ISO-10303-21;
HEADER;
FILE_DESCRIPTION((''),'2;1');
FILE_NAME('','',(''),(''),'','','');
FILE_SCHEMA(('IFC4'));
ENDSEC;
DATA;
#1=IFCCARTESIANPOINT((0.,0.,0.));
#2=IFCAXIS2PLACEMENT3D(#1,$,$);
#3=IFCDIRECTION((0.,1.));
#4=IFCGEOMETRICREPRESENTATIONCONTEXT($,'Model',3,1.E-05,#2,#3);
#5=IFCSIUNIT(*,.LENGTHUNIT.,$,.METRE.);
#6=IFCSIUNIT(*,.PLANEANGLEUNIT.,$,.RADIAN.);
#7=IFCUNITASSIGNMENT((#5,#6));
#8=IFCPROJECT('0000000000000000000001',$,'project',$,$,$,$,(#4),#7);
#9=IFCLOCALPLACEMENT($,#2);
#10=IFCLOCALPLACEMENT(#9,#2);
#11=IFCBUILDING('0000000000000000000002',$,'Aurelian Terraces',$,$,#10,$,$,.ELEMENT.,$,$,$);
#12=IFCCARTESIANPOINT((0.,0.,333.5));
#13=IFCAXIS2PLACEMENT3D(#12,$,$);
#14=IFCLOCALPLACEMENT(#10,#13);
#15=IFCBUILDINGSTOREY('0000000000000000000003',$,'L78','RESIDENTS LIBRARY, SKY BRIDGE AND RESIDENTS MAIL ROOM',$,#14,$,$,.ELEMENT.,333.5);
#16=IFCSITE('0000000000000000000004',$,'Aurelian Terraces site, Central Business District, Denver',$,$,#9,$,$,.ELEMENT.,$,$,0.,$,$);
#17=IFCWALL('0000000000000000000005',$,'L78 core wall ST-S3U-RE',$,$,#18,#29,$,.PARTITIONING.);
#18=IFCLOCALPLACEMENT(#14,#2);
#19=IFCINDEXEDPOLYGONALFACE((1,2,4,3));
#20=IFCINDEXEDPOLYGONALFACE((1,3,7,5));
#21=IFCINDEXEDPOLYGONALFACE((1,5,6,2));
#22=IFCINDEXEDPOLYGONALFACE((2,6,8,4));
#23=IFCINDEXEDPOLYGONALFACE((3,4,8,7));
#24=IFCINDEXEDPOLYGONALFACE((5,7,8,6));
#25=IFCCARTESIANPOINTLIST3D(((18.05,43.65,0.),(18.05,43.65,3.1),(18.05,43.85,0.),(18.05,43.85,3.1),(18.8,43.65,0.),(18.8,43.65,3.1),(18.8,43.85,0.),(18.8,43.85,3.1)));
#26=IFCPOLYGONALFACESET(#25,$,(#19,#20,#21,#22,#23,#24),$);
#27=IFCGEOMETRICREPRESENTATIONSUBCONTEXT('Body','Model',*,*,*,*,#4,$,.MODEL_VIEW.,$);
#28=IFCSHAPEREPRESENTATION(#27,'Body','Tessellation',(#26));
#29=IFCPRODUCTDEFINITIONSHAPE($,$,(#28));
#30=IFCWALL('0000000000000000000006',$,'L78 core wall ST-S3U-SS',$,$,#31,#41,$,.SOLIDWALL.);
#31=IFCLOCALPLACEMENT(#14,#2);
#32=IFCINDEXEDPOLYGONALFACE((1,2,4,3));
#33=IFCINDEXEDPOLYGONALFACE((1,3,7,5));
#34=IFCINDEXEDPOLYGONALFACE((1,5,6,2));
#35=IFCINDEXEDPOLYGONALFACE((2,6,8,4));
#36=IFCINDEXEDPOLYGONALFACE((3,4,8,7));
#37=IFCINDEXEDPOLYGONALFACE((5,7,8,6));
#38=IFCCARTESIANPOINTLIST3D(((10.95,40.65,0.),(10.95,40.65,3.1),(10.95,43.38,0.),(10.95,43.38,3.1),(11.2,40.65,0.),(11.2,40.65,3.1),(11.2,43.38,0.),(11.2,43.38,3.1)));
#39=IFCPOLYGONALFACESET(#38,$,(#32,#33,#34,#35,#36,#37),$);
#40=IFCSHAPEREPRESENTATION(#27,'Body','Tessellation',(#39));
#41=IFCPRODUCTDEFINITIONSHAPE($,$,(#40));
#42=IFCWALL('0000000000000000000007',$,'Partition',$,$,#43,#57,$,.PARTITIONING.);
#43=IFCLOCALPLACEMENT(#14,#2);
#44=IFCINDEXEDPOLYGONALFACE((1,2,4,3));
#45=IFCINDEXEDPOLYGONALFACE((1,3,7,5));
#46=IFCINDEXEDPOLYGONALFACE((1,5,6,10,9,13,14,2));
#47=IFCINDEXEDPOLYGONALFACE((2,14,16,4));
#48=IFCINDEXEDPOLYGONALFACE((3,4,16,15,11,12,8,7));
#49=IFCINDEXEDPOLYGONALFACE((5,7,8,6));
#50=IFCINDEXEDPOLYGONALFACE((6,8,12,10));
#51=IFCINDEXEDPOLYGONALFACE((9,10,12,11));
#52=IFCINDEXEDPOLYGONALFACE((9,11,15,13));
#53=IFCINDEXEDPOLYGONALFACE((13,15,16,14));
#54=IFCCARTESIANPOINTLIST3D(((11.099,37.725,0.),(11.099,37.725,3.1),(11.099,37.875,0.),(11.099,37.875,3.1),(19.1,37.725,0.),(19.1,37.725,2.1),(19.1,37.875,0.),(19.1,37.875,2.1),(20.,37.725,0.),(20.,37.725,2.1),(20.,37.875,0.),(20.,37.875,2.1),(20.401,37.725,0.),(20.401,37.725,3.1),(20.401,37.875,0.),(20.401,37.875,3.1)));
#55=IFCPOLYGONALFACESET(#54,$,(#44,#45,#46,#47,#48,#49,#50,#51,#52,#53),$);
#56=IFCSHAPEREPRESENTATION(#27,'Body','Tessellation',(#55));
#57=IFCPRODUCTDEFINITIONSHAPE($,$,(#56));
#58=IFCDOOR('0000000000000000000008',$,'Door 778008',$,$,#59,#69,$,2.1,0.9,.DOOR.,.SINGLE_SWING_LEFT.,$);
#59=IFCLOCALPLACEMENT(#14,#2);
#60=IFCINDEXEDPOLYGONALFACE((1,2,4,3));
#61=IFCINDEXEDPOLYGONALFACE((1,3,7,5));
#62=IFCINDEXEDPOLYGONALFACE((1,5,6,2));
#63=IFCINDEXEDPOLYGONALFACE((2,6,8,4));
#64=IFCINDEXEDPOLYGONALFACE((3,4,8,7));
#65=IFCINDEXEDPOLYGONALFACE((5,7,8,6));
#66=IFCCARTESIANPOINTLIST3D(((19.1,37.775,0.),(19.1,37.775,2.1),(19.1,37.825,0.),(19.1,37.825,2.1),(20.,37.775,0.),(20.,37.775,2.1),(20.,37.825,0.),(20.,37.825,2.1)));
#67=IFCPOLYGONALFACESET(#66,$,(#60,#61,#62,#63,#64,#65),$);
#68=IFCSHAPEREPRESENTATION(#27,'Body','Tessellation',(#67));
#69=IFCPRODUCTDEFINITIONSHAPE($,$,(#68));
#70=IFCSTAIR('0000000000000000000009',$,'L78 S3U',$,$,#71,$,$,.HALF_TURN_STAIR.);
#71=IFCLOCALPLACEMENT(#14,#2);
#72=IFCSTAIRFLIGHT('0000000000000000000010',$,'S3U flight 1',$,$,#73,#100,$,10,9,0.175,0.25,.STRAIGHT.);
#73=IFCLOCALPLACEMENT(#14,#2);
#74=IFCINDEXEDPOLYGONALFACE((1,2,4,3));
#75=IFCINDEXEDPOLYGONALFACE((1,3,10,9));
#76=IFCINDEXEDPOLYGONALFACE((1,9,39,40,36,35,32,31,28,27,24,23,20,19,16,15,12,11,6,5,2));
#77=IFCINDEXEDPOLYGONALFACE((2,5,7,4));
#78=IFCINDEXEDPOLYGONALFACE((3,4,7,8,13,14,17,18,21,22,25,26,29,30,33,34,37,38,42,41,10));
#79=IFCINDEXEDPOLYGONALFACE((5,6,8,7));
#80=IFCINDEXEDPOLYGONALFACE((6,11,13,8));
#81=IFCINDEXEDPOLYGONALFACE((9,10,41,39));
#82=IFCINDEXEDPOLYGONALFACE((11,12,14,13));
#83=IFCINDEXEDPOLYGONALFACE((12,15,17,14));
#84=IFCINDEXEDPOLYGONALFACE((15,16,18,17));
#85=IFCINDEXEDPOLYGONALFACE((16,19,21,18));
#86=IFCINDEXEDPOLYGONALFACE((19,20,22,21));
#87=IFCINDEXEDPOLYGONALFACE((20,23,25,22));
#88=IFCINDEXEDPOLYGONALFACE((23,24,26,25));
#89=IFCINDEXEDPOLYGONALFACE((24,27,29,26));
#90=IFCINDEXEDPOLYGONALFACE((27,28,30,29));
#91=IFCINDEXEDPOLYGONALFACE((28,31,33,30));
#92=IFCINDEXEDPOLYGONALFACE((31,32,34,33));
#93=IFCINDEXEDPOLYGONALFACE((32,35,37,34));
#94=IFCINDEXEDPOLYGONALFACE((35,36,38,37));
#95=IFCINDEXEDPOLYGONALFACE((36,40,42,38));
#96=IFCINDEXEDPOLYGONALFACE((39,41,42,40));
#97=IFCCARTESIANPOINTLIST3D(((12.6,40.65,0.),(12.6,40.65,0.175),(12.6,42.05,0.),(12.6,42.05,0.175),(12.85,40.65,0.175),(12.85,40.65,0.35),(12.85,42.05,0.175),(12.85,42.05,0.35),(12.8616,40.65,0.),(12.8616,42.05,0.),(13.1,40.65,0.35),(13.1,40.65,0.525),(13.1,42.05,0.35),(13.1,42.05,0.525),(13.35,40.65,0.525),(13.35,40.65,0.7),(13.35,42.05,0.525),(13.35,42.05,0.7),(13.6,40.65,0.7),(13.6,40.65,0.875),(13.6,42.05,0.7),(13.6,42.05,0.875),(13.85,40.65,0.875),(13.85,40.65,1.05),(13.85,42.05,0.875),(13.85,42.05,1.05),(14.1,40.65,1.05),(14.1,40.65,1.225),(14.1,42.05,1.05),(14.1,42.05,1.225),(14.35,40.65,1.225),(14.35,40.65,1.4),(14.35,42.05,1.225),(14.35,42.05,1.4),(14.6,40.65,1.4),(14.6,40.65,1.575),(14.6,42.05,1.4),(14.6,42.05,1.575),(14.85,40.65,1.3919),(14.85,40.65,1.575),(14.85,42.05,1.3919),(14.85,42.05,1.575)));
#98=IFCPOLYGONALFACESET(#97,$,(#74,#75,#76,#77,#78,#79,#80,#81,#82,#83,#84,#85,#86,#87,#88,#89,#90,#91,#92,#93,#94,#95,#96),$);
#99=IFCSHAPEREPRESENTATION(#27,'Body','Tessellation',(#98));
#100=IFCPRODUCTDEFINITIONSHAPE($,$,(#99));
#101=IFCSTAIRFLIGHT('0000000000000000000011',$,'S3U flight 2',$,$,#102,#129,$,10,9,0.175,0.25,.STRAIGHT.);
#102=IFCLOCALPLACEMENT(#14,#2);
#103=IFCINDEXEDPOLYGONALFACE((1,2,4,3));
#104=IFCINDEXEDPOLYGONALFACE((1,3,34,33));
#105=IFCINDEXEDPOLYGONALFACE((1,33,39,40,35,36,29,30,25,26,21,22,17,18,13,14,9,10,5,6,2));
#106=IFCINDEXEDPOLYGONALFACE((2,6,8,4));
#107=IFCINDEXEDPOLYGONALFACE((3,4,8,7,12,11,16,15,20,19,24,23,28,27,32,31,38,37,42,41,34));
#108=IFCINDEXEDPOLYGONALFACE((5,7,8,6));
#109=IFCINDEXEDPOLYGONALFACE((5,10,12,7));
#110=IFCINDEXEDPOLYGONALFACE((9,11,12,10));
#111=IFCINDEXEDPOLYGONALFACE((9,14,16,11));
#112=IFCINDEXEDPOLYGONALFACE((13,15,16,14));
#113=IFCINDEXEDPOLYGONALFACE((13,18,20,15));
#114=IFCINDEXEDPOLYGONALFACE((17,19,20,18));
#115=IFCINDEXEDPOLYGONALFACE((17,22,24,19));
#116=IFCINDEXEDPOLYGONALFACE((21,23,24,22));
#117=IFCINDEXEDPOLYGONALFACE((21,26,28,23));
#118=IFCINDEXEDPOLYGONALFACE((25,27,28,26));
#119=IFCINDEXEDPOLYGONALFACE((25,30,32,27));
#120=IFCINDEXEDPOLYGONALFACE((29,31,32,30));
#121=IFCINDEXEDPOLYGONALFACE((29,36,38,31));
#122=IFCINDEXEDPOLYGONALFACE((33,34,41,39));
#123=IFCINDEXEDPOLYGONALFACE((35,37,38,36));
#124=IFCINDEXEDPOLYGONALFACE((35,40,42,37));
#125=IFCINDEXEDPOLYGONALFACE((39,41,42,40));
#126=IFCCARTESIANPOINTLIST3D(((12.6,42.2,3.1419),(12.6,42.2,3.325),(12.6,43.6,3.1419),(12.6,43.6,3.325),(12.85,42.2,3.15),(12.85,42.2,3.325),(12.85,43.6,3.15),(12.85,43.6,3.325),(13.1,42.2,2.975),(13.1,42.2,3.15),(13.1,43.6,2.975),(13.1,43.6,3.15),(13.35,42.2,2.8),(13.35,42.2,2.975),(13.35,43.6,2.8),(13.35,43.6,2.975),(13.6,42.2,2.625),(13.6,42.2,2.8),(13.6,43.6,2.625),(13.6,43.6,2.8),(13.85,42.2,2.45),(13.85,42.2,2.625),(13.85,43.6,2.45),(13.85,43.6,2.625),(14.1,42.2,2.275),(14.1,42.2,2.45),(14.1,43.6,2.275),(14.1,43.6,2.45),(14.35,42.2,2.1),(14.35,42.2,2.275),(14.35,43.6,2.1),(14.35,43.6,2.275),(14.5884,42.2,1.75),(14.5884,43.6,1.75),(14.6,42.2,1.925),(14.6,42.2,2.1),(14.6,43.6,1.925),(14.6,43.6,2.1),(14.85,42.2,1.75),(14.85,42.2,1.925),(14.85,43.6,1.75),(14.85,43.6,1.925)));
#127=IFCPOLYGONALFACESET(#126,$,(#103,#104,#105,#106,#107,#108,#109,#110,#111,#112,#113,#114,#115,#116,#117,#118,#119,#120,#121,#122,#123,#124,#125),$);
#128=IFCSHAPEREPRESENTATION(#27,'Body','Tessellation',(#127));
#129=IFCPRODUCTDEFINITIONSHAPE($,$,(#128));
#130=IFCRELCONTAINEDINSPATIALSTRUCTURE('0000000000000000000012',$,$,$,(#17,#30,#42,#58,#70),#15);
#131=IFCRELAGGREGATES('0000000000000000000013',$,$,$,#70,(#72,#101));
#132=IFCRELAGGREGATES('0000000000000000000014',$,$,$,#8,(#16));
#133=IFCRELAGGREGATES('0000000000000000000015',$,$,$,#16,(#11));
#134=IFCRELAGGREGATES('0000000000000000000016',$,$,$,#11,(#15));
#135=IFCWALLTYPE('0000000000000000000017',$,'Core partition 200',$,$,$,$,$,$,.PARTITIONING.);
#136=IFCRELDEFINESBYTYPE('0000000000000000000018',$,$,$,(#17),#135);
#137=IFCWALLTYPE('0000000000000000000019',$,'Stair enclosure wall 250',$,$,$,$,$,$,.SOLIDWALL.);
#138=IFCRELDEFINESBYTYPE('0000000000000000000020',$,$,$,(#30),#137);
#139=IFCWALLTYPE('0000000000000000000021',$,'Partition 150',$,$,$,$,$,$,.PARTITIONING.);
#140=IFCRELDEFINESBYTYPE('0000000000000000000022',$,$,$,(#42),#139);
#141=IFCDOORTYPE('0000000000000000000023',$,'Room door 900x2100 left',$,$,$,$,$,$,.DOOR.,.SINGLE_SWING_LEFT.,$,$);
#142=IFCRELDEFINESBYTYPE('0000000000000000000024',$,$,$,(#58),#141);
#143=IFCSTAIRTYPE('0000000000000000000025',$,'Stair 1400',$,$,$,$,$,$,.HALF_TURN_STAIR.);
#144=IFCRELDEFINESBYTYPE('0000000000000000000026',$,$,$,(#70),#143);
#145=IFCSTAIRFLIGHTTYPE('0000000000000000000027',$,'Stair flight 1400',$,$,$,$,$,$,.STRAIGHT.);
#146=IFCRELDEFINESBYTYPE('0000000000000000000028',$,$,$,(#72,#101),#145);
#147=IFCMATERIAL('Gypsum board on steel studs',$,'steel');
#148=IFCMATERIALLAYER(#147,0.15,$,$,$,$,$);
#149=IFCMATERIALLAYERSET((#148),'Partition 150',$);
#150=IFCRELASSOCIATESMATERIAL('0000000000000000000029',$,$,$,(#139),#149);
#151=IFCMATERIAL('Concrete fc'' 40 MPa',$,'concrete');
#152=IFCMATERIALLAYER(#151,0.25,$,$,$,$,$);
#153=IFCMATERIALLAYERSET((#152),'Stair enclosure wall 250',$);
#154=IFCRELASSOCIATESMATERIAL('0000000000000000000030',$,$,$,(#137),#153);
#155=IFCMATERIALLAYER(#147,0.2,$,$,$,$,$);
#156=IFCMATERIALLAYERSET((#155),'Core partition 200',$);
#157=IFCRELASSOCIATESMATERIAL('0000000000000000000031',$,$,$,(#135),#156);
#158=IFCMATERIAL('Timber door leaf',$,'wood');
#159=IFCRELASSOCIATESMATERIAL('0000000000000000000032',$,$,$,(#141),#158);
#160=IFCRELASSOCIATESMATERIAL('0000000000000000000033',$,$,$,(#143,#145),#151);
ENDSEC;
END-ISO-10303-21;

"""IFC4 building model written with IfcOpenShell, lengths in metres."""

from ifc_helpers import new_model, si_unit, direction, frame, frame_2d, origin, place, context, subcontext, project, spatial, polyline, rectangle, outline, extrude, source, transform, mapped, material, layer, layer_set, type_object, element, fill, aggregate, save


model = new_model("IFC4")

# Units and contexts
model_context = context("Model", 3, precision=1e-05, world=origin(), true_north=direction((0.0, 1.0)))
body_context = subcontext(model_context, "Body", "Model", "MODEL_VIEW")
ifc_project = project(units=[si_unit("LENGTHUNIT", "METRE"), si_unit("PLANEANGLEUNIT", "RADIAN")], contexts=[model_context])

# Site, building, storey
site_placement = place(None, origin())
site = spatial("IfcSite", under=ifc_project, at=site_placement, Name="Aurelian Terraces site, Central Business District, Denver", CompositionType="ELEMENT", RefElevation=0.0)
building_placement = place(site_placement, origin())
building = spatial("IfcBuilding", under=site, at=building_placement, Name="Aurelian Terraces", CompositionType="ELEMENT")
storey_placement = place(building_placement, frame((0.0, 0.0, 333.5)))
storey = spatial("IfcBuildingStorey", under=building, at=storey_placement, Name="L78", Description="RESIDENTS LIBRARY, SKY BRIDGE AND RESIDENTS MAIL ROOM", CompositionType="ELEMENT", Elevation=333.5)

# Shared definitions
ifc_material_1 = material(Name="Gypsum board on steel studs", Category="steel")
ifc_layer_1 = layer(ifc_material_1, 0.15)
ifc_layer_set_1 = layer_set([ifc_layer_1], Name="Partition 150")
wall_type_1 = type_object("IfcWallType", Name="Partition 150", PredefinedType="PARTITIONING", material=ifc_layer_set_1)
ifc_material_2 = material(Name="Timber door leaf", Category="wood")

# Shared definitions
ifc_material_3 = material(Name="Concrete fc' 40 MPa", Category="concrete")

# Shared definitions
ifc_layer_2 = layer(ifc_material_3, 0.25)
ifc_layer_set_2 = layer_set([ifc_layer_2], Name="Stair enclosure wall 250")
wall_type_2 = type_object("IfcWallType", Name="Stair enclosure wall 250", PredefinedType="SOLIDWALL", material=ifc_layer_set_2)

# Shared definitions
ifc_layer_3 = layer(ifc_material_1, 0.2)
ifc_layer_set_3 = layer_set([ifc_layer_3], Name="Core partition 200")
wall_type_3 = type_object("IfcWallType", Name="Core partition 200", PredefinedType="PARTITIONING", material=ifc_layer_set_3)
shared_shape_1 = source(origin(), body_context, "Body", "SweptSolid", [
    extrude(rectangle(XDim=0.9, YDim=2.1, at=frame_2d((0.45, 1.05))), frame((0.0, 0.025, 0.0), z_axis=(0.0, -1.0, 0.0), x_axis=(1.0, 0.0, 0.0)), (0.0, 0.0, 1.0), 0.05),
])

# Walls
shared_shape_2 = source(origin(), body_context, "Body", "SweptSolid", [
    extrude(rectangle(XDim=0.75, YDim=0.2, at=frame_2d((0.375, 0.0))), origin(), (0.0, 0.0, 1.0), 3.1),
])
wall_1_placement = place(storey_placement, frame((18.05, 43.75, 0.0), z_axis=(0.0, 0.0, 1.0), x_axis=(1.0, 0.0, 0.0)))
element("IfcWall", 1, at=wall_1_placement, inside=storey, type_object=wall_type_3, Name="L78 core wall ST-S3U-RE", PredefinedType="PARTITIONING", context=body_context, shape_type="MappedRepresentation", body=[
    mapped(shared_shape_2, transform((0.0, 0.0, 0.0), scale=1.0)),
])
shared_shape_3 = source(origin(), body_context, "Body", "SweptSolid", [
    extrude(rectangle(XDim=2.73, YDim=0.25, at=frame_2d((1.365, 0.0))), origin(), (0.0, 0.0, 1.0), 3.1),
])
wall_2_placement = place(storey_placement, frame((11.075, 40.65, 0.0), z_axis=(0.0, 0.0, 1.0), x_axis=(0.0, 1.0, 0.0)))
element("IfcWall", 2, at=wall_2_placement, inside=storey, type_object=wall_type_2, Name="L78 core wall ST-S3U-SS", PredefinedType="SOLIDWALL", context=body_context, shape_type="MappedRepresentation", body=[
    mapped(shared_shape_3, transform((0.0, 0.0, 0.0), scale=1.0)),
])

# Wall, opening, door
shared_shape_4 = source(origin(), body_context, "Body", "SweptSolid", [
    extrude(rectangle(XDim=9.302, YDim=0.15, at=frame_2d((4.651, 0.0))), origin(), (0.0, 0.0, 1.0), 3.1),
])
wall_3_placement = place(storey_placement, frame((20.401, 37.8, 0.0), z_axis=(0.0, 0.0, 1.0), x_axis=(-1.0, 0.0, 0.0)))
wall_3 = element("IfcWall", 3, at=wall_3_placement, inside=storey, type_object=wall_type_1, Name="Partition", PredefinedType="PARTITIONING", context=body_context, shape_type="MappedRepresentation", body=[
    mapped(shared_shape_4, transform((0.0, 0.0, 0.0), scale=1.0)),
])
shared_shape_5 = source(origin(), body_context, "Body", "SweptSolid", [
    extrude(rectangle(XDim=0.9, YDim=2.1, at=frame_2d((0.45, 1.05))), frame((0.0, 0.085, 0.0), z_axis=(0.0, -1.0, 0.0), x_axis=(1.0, 0.0, 0.0)), (0.0, 0.0, 1.0), 0.17),
])
opening_1_placement = place(wall_3_placement, frame((0.401, 0.0, 0.0)))
opening_1 = element("IfcOpeningElement", 4, at=opening_1_placement, cuts=wall_3, PredefinedType="OPENING", context=body_context, shape_type="MappedRepresentation", body=[
    mapped(shared_shape_5, transform((0.0, 0.0, 0.0), scale=1.0)),
])
door_type_1 = type_object("IfcDoorType", Name="Room door 900x2100 left", OperationType="SINGLE_SWING_LEFT", PredefinedType="DOOR", material=ifc_material_2)
door_1_placement = place(opening_1_placement, origin())
door_1 = element("IfcDoor", 5, at=door_1_placement, inside=storey, type_object=door_type_1, Name="Door 778008", OperationType="SINGLE_SWING_LEFT", OverallHeight=2.1, OverallWidth=0.9, PredefinedType="DOOR", context=body_context, shape_type="MappedRepresentation", body=[
    mapped(shared_shape_1, transform((0.0, 0.0, 0.0), scale=1.0)),
])
fill(opening_1, door_1)

# Stair, stair flights
stair_type = type_object("IfcStairType", Name="Stair 1400", PredefinedType="HALF_TURN_STAIR", material=ifc_material_3)
stair_placement = place(storey_placement, origin())
stair = element("IfcStair", 6, at=stair_placement, inside=storey, type_object=stair_type, Name="L78 S3U", PredefinedType="HALF_TURN_STAIR")
stair_flight_type = type_object("IfcStairFlightType", Name="Stair flight 1400", PredefinedType="STRAIGHT", material=ifc_material_3)
shared_shape_6 = source(origin(), body_context, "Body", "SweptSolid", [
    extrude(outline(polyline([(0.0, 0.0), (0.0, 0.175), (0.25, 0.175), (0.25, 0.35), (0.5, 0.35), (0.5, 0.525), (0.75, 0.525), (0.75, 0.7), (1.0, 0.7), (1.0, 0.875), (1.25, 0.875), (1.25, 1.05), (1.5, 1.05), (1.5, 1.225), (1.75, 1.225), (1.75, 1.4), (2.0, 1.4), (2.0, 1.575), (2.25, 1.575), (2.25, 1.75), (2.25, 1.3919), (0.2616, 0.0), (0.0, 0.0)])), frame((0.0, 0.7, 0.0), z_axis=(0.0, -1.0, 0.0), x_axis=(1.0, 0.0, 0.0)), (0.0, 0.0, 1.0), 1.4),
])
stair_flight_1_placement = place(storey_placement, frame((12.6, 41.35, 0.0), z_axis=(0.0, 0.0, 1.0), x_axis=(1.0, 0.0, 0.0)))
stair_flight_1 = element("IfcStairFlight", 7, at=stair_flight_1_placement, type_object=stair_flight_type, Name="S3U flight 1", NumberOfRisers=10, NumberOfTreads=9, PredefinedType="STRAIGHT", RiserHeight=0.175, TreadLength=0.25, context=body_context, shape_type="MappedRepresentation", body=[
    mapped(shared_shape_6, transform((0.0, 0.0, 0.0), scale=1.0)),
])
stair_flight_2_placement = place(storey_placement, frame((14.85, 42.9, 1.75), z_axis=(0.0, 0.0, 1.0), x_axis=(-1.0, 0.0, 0.0)))
stair_flight_2 = element("IfcStairFlight", 8, at=stair_flight_2_placement, type_object=stair_flight_type, Name="S3U flight 2", NumberOfRisers=10, NumberOfTreads=9, PredefinedType="STRAIGHT", RiserHeight=0.175, TreadLength=0.25, context=body_context, shape_type="MappedRepresentation", body=[
    mapped(shared_shape_6, transform((0.0, 0.0, 0.0), scale=1.0)),
])
aggregate(stair, [stair_flight_1, stair_flight_2])

save(model, "model.ifc")
